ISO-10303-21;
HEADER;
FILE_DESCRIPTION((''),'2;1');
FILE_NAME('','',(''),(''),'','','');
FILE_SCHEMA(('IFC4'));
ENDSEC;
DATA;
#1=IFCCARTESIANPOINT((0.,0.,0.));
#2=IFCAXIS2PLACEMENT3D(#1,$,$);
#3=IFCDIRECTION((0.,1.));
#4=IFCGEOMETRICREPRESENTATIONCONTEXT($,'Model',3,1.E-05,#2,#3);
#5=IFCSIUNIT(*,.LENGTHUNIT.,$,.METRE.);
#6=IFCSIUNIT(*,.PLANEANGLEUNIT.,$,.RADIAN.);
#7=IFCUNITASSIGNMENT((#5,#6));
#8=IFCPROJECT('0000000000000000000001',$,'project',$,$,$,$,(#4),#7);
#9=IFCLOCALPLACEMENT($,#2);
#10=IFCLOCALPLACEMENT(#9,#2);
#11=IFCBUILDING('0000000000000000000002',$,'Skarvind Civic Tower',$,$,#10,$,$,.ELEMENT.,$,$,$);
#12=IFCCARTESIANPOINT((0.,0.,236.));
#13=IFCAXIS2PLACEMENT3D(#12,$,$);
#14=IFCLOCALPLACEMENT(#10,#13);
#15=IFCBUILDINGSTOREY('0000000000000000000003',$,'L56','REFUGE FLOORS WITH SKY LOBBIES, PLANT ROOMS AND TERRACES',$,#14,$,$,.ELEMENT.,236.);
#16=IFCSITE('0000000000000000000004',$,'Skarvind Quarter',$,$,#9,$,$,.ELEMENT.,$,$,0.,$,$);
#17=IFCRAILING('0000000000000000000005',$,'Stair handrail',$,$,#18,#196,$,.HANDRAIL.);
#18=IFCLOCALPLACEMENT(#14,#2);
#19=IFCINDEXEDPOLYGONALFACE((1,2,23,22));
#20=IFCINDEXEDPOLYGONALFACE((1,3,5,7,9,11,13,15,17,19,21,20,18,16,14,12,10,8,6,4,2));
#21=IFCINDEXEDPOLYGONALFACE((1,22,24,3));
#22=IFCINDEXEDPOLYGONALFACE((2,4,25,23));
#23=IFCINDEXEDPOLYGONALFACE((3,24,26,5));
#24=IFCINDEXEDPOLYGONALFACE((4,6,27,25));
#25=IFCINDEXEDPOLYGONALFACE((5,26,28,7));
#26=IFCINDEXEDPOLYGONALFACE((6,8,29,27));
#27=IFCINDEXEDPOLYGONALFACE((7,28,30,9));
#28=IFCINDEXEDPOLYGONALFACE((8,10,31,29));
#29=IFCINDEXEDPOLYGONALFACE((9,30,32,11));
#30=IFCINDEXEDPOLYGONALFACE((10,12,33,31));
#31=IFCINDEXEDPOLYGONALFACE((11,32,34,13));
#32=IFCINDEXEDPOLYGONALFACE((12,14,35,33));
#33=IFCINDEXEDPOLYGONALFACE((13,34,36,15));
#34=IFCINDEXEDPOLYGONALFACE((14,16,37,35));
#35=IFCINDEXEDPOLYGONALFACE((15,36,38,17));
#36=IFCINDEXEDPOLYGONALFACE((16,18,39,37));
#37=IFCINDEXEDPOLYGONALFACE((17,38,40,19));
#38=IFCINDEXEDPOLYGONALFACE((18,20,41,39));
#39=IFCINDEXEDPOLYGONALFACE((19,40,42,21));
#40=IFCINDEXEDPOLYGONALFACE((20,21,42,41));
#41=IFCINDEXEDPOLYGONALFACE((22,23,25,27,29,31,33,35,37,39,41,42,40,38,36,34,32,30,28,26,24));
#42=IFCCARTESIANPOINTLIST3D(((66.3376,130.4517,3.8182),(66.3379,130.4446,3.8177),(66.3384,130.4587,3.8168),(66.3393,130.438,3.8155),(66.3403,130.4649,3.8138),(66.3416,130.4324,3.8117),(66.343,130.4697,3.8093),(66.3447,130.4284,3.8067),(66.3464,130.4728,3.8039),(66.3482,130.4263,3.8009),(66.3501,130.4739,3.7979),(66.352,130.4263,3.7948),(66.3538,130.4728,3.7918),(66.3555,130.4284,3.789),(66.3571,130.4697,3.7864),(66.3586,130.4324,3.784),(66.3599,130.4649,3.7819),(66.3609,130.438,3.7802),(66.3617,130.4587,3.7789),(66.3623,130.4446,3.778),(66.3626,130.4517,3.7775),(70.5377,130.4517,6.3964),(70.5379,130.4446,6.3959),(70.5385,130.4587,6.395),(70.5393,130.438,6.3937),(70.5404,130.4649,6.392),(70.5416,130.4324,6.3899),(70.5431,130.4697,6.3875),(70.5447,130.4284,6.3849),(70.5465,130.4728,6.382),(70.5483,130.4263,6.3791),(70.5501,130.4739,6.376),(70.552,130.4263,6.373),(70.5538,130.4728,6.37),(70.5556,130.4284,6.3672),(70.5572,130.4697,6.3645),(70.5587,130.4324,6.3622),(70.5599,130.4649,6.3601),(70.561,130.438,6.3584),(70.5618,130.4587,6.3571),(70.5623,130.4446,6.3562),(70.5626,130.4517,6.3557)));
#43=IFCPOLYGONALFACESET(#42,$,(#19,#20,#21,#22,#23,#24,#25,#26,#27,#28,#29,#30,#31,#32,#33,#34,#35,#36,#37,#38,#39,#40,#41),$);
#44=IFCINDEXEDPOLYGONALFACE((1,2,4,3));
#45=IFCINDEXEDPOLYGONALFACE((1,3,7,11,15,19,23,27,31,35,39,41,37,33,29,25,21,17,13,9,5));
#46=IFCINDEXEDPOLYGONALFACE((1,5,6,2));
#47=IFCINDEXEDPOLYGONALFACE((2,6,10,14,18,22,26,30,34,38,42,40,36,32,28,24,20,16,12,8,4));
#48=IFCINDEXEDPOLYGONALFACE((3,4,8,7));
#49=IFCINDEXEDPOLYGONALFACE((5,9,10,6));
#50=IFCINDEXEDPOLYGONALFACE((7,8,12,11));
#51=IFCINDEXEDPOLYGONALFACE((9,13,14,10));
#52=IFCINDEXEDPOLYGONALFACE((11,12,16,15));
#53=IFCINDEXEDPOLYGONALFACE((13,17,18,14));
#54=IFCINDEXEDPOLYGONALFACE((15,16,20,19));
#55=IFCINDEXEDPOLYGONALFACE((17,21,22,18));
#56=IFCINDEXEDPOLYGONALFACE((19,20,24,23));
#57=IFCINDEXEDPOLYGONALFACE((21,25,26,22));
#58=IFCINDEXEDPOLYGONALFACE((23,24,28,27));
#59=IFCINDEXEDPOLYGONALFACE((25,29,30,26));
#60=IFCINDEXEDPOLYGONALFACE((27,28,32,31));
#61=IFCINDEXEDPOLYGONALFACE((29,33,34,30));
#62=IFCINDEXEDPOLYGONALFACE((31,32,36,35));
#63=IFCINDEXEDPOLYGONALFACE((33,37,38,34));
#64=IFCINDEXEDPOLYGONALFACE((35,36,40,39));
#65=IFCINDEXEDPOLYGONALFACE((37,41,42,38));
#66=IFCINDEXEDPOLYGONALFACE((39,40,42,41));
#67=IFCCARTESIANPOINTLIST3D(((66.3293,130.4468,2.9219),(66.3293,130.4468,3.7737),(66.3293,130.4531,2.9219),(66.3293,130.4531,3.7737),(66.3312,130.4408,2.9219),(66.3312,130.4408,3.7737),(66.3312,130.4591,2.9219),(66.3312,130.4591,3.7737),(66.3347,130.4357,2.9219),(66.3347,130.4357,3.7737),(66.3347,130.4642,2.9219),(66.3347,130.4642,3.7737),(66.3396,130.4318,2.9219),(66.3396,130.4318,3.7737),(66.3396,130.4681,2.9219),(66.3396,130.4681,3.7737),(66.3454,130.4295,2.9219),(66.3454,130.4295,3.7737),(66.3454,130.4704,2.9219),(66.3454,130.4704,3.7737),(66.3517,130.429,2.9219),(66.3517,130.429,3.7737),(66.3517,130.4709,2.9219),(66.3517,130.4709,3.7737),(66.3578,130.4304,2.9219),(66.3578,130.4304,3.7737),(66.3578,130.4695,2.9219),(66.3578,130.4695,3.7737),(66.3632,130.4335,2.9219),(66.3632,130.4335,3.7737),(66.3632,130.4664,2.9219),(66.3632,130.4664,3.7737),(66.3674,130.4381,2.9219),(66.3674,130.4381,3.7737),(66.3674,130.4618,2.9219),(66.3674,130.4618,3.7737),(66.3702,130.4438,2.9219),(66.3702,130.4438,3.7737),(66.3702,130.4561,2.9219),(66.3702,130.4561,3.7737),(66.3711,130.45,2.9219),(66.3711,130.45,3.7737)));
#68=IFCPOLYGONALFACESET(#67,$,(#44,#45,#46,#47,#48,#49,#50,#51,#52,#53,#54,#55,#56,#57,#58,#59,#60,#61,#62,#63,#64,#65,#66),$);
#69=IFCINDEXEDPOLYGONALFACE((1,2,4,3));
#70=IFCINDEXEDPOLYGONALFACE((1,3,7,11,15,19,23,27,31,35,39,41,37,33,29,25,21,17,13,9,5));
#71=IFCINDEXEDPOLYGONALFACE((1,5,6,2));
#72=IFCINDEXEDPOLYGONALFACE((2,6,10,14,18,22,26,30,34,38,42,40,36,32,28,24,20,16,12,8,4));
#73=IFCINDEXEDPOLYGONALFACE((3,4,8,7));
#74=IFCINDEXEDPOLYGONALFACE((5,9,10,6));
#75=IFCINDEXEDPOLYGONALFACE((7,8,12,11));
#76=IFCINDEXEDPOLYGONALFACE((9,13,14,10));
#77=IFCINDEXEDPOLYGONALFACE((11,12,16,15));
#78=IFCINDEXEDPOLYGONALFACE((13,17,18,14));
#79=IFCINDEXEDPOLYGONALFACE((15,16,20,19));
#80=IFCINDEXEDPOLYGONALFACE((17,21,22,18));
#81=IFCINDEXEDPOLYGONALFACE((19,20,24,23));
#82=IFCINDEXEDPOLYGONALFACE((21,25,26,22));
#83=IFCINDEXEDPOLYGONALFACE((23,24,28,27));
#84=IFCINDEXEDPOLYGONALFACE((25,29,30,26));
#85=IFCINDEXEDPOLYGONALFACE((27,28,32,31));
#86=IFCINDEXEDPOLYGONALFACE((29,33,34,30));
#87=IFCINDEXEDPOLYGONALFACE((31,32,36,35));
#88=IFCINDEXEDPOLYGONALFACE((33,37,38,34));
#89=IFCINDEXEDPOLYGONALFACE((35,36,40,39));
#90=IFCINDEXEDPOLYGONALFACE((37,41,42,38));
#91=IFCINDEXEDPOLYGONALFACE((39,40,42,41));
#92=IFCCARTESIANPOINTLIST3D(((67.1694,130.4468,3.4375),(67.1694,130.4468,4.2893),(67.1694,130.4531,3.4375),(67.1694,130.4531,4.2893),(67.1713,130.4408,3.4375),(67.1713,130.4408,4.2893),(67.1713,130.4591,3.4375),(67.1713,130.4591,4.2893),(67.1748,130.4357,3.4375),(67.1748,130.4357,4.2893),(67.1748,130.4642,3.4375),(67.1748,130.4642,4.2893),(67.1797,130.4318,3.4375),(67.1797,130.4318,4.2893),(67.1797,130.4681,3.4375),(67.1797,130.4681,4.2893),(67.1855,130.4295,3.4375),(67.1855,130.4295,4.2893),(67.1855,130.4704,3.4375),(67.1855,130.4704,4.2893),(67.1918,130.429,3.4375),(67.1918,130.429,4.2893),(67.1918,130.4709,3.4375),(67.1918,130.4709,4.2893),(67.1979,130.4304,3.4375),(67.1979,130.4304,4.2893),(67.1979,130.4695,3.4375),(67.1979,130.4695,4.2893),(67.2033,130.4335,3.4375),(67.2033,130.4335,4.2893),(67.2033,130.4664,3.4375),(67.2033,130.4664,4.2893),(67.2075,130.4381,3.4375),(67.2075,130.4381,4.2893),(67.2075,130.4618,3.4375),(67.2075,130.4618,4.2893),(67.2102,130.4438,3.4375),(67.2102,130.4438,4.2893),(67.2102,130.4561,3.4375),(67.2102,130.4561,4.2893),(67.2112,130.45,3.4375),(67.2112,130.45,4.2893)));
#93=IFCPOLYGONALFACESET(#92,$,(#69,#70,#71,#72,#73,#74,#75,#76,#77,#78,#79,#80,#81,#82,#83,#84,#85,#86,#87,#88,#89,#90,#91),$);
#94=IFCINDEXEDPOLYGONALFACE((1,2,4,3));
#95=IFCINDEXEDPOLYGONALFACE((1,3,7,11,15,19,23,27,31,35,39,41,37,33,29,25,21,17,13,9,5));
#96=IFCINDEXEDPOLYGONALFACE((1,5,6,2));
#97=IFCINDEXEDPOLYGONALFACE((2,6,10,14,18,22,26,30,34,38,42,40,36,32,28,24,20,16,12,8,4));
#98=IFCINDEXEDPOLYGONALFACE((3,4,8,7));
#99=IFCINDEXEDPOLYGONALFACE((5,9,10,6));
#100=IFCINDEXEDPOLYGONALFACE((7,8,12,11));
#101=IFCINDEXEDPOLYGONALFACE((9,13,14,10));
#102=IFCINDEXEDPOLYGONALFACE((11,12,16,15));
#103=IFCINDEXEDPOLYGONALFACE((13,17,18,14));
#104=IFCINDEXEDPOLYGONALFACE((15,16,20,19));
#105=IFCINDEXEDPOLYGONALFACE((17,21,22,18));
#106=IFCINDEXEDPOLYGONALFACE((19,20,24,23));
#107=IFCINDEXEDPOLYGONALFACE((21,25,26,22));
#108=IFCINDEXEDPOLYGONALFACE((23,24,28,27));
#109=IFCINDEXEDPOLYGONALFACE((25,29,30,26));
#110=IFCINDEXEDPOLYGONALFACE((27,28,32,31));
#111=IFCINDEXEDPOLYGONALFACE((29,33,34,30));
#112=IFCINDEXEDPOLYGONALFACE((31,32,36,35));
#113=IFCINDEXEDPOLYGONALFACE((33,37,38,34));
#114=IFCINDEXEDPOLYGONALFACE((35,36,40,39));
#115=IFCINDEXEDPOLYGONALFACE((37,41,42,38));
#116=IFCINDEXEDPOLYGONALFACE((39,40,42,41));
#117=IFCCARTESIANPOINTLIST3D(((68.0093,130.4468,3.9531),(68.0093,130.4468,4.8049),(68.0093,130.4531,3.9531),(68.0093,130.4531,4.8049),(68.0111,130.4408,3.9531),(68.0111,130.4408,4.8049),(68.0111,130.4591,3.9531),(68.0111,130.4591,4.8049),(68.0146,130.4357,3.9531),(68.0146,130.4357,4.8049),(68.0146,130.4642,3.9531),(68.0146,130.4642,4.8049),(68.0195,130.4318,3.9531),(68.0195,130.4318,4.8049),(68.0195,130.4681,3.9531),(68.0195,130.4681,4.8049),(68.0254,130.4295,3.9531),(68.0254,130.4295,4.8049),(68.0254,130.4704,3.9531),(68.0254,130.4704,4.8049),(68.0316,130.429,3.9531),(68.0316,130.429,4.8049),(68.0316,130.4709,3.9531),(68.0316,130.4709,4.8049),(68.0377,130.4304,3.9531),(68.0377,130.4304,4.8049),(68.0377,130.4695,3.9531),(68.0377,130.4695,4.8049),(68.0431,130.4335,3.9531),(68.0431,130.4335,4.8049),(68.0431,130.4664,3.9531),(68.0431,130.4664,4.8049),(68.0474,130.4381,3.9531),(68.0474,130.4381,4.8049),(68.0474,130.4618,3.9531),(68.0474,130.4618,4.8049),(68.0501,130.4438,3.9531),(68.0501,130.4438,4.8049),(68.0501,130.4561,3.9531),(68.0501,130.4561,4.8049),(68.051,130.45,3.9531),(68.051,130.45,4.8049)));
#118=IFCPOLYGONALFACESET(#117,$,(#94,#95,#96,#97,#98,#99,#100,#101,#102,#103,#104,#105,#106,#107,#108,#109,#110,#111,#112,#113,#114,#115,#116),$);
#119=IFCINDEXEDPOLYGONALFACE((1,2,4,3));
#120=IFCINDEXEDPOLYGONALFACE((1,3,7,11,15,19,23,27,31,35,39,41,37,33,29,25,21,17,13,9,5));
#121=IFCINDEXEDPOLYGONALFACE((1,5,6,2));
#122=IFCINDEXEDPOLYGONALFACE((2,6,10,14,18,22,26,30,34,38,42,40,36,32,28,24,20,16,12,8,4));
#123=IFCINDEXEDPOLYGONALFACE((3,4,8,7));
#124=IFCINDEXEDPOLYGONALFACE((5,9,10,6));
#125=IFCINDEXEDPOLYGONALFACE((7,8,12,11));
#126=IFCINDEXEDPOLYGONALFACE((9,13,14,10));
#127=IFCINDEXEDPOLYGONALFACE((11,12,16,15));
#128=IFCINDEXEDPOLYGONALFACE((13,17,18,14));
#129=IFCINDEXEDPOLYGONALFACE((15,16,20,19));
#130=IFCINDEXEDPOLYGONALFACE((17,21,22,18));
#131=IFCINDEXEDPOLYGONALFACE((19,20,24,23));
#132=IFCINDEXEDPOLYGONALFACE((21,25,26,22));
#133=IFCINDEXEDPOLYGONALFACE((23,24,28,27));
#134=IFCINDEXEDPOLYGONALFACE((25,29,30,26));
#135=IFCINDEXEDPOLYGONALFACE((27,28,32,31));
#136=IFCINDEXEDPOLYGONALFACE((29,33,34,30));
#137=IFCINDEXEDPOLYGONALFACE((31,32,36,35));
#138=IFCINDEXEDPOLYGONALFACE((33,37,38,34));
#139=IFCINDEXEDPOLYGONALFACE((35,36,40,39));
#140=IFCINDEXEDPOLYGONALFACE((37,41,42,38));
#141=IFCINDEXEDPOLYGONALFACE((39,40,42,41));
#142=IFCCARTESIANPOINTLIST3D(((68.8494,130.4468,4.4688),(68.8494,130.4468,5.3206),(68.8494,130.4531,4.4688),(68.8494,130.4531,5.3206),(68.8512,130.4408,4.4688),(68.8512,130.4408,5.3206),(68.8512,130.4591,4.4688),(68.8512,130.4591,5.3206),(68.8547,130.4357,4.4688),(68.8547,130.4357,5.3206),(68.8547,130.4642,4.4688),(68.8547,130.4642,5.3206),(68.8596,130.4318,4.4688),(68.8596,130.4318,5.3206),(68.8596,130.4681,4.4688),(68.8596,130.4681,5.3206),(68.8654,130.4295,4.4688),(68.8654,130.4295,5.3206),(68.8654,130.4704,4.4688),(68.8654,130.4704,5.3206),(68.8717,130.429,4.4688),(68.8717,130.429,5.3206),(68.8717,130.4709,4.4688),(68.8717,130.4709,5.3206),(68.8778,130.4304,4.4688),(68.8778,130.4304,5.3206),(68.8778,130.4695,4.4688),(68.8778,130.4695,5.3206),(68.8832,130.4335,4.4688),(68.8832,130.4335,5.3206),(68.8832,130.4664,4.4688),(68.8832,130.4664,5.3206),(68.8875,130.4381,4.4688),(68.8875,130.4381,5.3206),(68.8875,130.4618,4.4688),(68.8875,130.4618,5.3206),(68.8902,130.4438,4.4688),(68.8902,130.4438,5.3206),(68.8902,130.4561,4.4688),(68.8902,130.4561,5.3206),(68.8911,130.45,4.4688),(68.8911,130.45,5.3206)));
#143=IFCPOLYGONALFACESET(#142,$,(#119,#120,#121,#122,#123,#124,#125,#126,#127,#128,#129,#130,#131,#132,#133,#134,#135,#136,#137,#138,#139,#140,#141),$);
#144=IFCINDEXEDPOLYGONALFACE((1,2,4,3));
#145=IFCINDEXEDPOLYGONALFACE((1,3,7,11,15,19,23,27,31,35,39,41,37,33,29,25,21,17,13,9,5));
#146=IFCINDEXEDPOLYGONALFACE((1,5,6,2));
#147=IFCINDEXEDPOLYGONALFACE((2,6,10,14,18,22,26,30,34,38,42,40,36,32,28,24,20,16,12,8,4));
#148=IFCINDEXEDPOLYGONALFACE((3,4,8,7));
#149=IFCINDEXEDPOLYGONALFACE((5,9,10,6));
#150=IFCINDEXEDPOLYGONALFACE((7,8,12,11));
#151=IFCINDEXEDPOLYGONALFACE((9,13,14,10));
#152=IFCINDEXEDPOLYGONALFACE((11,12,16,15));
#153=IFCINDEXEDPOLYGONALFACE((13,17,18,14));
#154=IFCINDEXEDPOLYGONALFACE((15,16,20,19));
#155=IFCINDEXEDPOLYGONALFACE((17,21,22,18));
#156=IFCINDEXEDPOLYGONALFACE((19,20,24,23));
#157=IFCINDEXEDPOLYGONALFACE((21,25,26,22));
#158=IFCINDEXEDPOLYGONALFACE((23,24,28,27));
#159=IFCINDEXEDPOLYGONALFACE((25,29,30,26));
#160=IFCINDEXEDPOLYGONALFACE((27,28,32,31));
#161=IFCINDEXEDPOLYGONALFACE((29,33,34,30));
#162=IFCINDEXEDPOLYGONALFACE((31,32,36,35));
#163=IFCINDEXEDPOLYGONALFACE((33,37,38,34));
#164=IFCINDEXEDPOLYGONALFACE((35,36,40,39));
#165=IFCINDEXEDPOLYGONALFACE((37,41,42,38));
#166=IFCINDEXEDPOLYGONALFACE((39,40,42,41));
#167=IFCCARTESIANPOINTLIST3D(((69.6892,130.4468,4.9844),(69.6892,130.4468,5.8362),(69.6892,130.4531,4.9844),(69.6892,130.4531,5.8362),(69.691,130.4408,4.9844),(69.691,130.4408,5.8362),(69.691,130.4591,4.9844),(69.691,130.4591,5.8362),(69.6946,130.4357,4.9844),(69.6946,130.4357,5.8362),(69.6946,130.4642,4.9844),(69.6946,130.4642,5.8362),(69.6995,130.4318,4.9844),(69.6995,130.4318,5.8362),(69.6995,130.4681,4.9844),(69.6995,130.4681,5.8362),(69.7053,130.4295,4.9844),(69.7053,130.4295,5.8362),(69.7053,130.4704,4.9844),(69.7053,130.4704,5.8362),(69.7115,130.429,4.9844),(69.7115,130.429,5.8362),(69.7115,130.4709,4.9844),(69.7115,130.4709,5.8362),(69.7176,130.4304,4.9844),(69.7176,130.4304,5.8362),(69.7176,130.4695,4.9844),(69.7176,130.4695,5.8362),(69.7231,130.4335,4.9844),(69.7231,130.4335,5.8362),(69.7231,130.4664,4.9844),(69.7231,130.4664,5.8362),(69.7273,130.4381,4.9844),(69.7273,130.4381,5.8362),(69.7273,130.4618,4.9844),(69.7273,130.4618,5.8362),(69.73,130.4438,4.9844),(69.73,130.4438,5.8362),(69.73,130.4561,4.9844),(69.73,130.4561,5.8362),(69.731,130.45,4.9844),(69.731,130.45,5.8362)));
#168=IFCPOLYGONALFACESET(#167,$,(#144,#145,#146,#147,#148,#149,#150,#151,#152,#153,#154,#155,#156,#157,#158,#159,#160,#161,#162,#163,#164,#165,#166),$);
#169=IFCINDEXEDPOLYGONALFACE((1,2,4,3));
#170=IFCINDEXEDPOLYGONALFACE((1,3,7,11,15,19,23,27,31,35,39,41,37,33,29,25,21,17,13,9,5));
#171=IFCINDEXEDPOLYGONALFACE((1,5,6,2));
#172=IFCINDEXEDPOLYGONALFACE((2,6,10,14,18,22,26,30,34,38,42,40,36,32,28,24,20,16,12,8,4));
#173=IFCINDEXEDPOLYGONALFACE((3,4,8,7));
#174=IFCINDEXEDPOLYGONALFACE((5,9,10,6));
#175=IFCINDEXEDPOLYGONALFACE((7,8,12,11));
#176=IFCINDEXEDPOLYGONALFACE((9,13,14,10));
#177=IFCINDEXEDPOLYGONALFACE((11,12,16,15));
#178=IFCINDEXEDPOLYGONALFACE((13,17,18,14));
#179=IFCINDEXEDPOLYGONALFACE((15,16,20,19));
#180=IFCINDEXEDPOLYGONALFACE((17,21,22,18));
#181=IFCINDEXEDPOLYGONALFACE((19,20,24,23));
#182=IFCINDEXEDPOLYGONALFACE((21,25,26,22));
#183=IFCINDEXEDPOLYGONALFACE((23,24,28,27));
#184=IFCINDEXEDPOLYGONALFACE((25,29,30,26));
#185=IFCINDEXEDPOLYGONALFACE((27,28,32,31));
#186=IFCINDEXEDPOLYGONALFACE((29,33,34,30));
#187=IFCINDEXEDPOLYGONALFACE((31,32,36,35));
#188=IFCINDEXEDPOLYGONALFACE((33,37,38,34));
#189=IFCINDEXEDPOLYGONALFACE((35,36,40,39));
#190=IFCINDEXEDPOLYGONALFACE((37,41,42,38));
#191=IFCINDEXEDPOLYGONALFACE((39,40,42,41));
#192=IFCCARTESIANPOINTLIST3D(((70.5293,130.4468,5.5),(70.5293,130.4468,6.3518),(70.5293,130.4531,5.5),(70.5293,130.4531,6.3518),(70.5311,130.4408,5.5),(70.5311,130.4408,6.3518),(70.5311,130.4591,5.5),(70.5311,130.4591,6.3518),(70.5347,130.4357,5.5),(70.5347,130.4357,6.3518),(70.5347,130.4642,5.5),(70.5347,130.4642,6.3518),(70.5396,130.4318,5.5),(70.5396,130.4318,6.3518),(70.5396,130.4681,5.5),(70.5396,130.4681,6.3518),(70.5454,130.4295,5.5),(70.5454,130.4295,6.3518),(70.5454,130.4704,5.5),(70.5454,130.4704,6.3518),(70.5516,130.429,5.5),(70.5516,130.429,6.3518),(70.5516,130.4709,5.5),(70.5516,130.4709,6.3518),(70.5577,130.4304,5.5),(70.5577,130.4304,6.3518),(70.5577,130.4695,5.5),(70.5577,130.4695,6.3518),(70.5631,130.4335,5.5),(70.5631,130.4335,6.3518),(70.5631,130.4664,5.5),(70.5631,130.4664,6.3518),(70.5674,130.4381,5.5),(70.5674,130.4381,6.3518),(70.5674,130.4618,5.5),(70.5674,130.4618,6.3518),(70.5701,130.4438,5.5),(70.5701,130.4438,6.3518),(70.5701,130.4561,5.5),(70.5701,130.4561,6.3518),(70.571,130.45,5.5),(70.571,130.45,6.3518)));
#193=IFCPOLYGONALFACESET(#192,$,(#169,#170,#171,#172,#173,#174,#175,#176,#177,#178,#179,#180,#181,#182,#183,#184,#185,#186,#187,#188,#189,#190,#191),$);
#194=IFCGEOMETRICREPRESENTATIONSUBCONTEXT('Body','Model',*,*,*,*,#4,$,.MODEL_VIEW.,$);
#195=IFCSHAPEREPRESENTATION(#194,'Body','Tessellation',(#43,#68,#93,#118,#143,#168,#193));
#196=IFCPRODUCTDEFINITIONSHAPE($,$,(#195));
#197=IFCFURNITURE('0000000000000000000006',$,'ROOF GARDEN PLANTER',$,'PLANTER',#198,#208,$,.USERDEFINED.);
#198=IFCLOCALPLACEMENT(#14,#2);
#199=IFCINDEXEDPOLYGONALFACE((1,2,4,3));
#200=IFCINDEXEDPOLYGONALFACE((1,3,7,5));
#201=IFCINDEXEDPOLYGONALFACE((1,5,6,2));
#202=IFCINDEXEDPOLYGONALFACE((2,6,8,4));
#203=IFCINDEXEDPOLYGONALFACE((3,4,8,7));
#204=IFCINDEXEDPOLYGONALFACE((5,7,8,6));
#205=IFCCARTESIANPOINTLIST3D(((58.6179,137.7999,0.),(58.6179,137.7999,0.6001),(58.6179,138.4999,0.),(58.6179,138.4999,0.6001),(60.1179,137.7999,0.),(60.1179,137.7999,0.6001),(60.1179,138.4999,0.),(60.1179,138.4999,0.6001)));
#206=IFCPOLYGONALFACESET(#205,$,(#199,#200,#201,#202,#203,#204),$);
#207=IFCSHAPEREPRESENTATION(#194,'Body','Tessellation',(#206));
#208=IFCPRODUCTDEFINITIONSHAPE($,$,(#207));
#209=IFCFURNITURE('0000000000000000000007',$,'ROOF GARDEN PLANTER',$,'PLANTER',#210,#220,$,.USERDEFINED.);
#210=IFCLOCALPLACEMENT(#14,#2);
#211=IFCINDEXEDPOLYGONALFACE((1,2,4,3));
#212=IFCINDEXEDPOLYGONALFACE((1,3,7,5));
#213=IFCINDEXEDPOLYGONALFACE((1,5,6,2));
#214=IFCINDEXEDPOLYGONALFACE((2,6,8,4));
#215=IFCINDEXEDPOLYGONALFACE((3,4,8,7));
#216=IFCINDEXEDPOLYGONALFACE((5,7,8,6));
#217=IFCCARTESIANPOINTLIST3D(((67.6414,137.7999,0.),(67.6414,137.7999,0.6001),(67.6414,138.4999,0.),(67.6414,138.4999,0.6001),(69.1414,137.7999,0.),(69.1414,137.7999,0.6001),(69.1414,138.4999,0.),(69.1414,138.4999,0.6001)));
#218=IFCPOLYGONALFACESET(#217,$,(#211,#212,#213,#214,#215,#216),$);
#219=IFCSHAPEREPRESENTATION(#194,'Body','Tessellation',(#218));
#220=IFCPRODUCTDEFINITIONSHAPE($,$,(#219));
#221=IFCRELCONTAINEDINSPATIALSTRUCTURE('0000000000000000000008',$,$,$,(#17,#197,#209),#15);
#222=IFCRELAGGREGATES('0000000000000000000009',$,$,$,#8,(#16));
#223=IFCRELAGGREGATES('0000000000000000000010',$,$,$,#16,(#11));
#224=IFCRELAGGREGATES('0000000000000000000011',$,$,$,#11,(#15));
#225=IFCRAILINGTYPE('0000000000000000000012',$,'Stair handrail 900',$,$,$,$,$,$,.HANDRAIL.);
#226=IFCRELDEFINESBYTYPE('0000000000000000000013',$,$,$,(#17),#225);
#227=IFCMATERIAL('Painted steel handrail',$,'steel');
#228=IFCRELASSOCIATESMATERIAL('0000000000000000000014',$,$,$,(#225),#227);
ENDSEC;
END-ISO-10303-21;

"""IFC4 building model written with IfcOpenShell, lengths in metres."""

from ifc_helpers import new_model, si_unit, direction, frame, origin, origin_2d, place, context, subcontext, project, spatial, rectangle, circle, extrude, material, type_object, element, save


model = new_model("IFC4")

# Units and contexts
model_context = context("Model", 3, precision=1e-05, world=origin(), true_north=direction((0.0, 1.0)))
body_context = subcontext(model_context, "Body", "Model", "MODEL_VIEW")
ifc_project = project(units=[si_unit("LENGTHUNIT", "METRE"), si_unit("PLANEANGLEUNIT", "RADIAN")], contexts=[model_context])

# Site, building, storey
site_placement = place(None, origin())
site = spatial("IfcSite", under=ifc_project, at=site_placement, Name="Skarvind Quarter", CompositionType="ELEMENT", RefElevation=0.0)
building_placement = place(site_placement, origin())
building = spatial("IfcBuilding", under=site, at=building_placement, Name="Skarvind Civic Tower", CompositionType="ELEMENT")
storey_placement = place(building_placement, frame((0.0, 0.0, 236.0)))
storey = spatial("IfcBuildingStorey", under=building, at=storey_placement, Name="L56", Description="REFUGE FLOORS WITH SKY LOBBIES, PLANT ROOMS AND TERRACES", CompositionType="ELEMENT", Elevation=236.0)

# Railing
ifc_material_1 = material(Name="Painted steel handrail", Category="steel")
railing_type = type_object("IfcRailingType", Name="Stair handrail 900", PredefinedType="HANDRAIL", material=ifc_material_1)
railing_1_placement = place(storey_placement, frame((66.3501, 130.45, 2.9219)))
element("IfcRailing", 1, at=railing_1_placement, inside=storey, type_object=railing_type, Name="Stair handrail", PredefinedType="HANDRAIL", context=body_context, shape_type="SweptSolid", body=[
    extrude(circle(Radius=0.0239, at=origin_2d()), frame((0.0, 0.0, 0.876), z_axis=(0.852243, 0.0, 0.523146), x_axis=(0.0, 1.0, 0.0)), (0.0, 0.0, 1.0), 4.9282),
    extrude(circle(Radius=0.021, at=origin_2d()), origin(), (0.0, 0.0, 1.0), 0.8518),
    extrude(circle(Radius=0.021, at=origin_2d()), frame((0.8401, 0.0, 0.5156)), (0.0, 0.0, 1.0), 0.8518),
    extrude(circle(Radius=0.021, at=origin_2d()), frame((1.6799, 0.0, 1.0312)), (0.0, 0.0, 1.0), 0.8518),
    extrude(circle(Radius=0.021, at=origin_2d()), frame((2.52, 0.0, 1.5469)), (0.0, 0.0, 1.0), 0.8518),
    extrude(circle(Radius=0.021, at=origin_2d()), frame((3.3599, 0.0, 2.0625)), (0.0, 0.0, 1.0), 0.8518),
    extrude(circle(Radius=0.021, at=origin_2d()), frame((4.2, 0.0, 2.5781)), (0.0, 0.0, 1.0), 0.8518),
])

# Furniture
for number, where, z_axis, x_axis, name in (
    (2, (59.3679, 138.1499, 0.0), (0.0, 0.0, 1.0), (1.0, 0.0, 0.0), "ROOF GARDEN PLANTER"),
    (3, (68.3914, 138.1499, 0.0), (0.0, 0.0, 1.0), (1.0, 0.0, 0.0), "ROOF GARDEN PLANTER"),
):
    element("IfcFurniture", number, at=place(storey_placement, frame(where, z_axis=z_axis, x_axis=x_axis)), inside=storey, Name=name, ObjectType="PLANTER", PredefinedType="USERDEFINED", context=body_context, shape_type="SweptSolid", body=[
        extrude(rectangle(XDim=1.5, YDim=0.7, at=origin_2d()), origin(), (0.0, 0.0, 1.0), 0.6001),
    ])

save(model, "model.ifc")
